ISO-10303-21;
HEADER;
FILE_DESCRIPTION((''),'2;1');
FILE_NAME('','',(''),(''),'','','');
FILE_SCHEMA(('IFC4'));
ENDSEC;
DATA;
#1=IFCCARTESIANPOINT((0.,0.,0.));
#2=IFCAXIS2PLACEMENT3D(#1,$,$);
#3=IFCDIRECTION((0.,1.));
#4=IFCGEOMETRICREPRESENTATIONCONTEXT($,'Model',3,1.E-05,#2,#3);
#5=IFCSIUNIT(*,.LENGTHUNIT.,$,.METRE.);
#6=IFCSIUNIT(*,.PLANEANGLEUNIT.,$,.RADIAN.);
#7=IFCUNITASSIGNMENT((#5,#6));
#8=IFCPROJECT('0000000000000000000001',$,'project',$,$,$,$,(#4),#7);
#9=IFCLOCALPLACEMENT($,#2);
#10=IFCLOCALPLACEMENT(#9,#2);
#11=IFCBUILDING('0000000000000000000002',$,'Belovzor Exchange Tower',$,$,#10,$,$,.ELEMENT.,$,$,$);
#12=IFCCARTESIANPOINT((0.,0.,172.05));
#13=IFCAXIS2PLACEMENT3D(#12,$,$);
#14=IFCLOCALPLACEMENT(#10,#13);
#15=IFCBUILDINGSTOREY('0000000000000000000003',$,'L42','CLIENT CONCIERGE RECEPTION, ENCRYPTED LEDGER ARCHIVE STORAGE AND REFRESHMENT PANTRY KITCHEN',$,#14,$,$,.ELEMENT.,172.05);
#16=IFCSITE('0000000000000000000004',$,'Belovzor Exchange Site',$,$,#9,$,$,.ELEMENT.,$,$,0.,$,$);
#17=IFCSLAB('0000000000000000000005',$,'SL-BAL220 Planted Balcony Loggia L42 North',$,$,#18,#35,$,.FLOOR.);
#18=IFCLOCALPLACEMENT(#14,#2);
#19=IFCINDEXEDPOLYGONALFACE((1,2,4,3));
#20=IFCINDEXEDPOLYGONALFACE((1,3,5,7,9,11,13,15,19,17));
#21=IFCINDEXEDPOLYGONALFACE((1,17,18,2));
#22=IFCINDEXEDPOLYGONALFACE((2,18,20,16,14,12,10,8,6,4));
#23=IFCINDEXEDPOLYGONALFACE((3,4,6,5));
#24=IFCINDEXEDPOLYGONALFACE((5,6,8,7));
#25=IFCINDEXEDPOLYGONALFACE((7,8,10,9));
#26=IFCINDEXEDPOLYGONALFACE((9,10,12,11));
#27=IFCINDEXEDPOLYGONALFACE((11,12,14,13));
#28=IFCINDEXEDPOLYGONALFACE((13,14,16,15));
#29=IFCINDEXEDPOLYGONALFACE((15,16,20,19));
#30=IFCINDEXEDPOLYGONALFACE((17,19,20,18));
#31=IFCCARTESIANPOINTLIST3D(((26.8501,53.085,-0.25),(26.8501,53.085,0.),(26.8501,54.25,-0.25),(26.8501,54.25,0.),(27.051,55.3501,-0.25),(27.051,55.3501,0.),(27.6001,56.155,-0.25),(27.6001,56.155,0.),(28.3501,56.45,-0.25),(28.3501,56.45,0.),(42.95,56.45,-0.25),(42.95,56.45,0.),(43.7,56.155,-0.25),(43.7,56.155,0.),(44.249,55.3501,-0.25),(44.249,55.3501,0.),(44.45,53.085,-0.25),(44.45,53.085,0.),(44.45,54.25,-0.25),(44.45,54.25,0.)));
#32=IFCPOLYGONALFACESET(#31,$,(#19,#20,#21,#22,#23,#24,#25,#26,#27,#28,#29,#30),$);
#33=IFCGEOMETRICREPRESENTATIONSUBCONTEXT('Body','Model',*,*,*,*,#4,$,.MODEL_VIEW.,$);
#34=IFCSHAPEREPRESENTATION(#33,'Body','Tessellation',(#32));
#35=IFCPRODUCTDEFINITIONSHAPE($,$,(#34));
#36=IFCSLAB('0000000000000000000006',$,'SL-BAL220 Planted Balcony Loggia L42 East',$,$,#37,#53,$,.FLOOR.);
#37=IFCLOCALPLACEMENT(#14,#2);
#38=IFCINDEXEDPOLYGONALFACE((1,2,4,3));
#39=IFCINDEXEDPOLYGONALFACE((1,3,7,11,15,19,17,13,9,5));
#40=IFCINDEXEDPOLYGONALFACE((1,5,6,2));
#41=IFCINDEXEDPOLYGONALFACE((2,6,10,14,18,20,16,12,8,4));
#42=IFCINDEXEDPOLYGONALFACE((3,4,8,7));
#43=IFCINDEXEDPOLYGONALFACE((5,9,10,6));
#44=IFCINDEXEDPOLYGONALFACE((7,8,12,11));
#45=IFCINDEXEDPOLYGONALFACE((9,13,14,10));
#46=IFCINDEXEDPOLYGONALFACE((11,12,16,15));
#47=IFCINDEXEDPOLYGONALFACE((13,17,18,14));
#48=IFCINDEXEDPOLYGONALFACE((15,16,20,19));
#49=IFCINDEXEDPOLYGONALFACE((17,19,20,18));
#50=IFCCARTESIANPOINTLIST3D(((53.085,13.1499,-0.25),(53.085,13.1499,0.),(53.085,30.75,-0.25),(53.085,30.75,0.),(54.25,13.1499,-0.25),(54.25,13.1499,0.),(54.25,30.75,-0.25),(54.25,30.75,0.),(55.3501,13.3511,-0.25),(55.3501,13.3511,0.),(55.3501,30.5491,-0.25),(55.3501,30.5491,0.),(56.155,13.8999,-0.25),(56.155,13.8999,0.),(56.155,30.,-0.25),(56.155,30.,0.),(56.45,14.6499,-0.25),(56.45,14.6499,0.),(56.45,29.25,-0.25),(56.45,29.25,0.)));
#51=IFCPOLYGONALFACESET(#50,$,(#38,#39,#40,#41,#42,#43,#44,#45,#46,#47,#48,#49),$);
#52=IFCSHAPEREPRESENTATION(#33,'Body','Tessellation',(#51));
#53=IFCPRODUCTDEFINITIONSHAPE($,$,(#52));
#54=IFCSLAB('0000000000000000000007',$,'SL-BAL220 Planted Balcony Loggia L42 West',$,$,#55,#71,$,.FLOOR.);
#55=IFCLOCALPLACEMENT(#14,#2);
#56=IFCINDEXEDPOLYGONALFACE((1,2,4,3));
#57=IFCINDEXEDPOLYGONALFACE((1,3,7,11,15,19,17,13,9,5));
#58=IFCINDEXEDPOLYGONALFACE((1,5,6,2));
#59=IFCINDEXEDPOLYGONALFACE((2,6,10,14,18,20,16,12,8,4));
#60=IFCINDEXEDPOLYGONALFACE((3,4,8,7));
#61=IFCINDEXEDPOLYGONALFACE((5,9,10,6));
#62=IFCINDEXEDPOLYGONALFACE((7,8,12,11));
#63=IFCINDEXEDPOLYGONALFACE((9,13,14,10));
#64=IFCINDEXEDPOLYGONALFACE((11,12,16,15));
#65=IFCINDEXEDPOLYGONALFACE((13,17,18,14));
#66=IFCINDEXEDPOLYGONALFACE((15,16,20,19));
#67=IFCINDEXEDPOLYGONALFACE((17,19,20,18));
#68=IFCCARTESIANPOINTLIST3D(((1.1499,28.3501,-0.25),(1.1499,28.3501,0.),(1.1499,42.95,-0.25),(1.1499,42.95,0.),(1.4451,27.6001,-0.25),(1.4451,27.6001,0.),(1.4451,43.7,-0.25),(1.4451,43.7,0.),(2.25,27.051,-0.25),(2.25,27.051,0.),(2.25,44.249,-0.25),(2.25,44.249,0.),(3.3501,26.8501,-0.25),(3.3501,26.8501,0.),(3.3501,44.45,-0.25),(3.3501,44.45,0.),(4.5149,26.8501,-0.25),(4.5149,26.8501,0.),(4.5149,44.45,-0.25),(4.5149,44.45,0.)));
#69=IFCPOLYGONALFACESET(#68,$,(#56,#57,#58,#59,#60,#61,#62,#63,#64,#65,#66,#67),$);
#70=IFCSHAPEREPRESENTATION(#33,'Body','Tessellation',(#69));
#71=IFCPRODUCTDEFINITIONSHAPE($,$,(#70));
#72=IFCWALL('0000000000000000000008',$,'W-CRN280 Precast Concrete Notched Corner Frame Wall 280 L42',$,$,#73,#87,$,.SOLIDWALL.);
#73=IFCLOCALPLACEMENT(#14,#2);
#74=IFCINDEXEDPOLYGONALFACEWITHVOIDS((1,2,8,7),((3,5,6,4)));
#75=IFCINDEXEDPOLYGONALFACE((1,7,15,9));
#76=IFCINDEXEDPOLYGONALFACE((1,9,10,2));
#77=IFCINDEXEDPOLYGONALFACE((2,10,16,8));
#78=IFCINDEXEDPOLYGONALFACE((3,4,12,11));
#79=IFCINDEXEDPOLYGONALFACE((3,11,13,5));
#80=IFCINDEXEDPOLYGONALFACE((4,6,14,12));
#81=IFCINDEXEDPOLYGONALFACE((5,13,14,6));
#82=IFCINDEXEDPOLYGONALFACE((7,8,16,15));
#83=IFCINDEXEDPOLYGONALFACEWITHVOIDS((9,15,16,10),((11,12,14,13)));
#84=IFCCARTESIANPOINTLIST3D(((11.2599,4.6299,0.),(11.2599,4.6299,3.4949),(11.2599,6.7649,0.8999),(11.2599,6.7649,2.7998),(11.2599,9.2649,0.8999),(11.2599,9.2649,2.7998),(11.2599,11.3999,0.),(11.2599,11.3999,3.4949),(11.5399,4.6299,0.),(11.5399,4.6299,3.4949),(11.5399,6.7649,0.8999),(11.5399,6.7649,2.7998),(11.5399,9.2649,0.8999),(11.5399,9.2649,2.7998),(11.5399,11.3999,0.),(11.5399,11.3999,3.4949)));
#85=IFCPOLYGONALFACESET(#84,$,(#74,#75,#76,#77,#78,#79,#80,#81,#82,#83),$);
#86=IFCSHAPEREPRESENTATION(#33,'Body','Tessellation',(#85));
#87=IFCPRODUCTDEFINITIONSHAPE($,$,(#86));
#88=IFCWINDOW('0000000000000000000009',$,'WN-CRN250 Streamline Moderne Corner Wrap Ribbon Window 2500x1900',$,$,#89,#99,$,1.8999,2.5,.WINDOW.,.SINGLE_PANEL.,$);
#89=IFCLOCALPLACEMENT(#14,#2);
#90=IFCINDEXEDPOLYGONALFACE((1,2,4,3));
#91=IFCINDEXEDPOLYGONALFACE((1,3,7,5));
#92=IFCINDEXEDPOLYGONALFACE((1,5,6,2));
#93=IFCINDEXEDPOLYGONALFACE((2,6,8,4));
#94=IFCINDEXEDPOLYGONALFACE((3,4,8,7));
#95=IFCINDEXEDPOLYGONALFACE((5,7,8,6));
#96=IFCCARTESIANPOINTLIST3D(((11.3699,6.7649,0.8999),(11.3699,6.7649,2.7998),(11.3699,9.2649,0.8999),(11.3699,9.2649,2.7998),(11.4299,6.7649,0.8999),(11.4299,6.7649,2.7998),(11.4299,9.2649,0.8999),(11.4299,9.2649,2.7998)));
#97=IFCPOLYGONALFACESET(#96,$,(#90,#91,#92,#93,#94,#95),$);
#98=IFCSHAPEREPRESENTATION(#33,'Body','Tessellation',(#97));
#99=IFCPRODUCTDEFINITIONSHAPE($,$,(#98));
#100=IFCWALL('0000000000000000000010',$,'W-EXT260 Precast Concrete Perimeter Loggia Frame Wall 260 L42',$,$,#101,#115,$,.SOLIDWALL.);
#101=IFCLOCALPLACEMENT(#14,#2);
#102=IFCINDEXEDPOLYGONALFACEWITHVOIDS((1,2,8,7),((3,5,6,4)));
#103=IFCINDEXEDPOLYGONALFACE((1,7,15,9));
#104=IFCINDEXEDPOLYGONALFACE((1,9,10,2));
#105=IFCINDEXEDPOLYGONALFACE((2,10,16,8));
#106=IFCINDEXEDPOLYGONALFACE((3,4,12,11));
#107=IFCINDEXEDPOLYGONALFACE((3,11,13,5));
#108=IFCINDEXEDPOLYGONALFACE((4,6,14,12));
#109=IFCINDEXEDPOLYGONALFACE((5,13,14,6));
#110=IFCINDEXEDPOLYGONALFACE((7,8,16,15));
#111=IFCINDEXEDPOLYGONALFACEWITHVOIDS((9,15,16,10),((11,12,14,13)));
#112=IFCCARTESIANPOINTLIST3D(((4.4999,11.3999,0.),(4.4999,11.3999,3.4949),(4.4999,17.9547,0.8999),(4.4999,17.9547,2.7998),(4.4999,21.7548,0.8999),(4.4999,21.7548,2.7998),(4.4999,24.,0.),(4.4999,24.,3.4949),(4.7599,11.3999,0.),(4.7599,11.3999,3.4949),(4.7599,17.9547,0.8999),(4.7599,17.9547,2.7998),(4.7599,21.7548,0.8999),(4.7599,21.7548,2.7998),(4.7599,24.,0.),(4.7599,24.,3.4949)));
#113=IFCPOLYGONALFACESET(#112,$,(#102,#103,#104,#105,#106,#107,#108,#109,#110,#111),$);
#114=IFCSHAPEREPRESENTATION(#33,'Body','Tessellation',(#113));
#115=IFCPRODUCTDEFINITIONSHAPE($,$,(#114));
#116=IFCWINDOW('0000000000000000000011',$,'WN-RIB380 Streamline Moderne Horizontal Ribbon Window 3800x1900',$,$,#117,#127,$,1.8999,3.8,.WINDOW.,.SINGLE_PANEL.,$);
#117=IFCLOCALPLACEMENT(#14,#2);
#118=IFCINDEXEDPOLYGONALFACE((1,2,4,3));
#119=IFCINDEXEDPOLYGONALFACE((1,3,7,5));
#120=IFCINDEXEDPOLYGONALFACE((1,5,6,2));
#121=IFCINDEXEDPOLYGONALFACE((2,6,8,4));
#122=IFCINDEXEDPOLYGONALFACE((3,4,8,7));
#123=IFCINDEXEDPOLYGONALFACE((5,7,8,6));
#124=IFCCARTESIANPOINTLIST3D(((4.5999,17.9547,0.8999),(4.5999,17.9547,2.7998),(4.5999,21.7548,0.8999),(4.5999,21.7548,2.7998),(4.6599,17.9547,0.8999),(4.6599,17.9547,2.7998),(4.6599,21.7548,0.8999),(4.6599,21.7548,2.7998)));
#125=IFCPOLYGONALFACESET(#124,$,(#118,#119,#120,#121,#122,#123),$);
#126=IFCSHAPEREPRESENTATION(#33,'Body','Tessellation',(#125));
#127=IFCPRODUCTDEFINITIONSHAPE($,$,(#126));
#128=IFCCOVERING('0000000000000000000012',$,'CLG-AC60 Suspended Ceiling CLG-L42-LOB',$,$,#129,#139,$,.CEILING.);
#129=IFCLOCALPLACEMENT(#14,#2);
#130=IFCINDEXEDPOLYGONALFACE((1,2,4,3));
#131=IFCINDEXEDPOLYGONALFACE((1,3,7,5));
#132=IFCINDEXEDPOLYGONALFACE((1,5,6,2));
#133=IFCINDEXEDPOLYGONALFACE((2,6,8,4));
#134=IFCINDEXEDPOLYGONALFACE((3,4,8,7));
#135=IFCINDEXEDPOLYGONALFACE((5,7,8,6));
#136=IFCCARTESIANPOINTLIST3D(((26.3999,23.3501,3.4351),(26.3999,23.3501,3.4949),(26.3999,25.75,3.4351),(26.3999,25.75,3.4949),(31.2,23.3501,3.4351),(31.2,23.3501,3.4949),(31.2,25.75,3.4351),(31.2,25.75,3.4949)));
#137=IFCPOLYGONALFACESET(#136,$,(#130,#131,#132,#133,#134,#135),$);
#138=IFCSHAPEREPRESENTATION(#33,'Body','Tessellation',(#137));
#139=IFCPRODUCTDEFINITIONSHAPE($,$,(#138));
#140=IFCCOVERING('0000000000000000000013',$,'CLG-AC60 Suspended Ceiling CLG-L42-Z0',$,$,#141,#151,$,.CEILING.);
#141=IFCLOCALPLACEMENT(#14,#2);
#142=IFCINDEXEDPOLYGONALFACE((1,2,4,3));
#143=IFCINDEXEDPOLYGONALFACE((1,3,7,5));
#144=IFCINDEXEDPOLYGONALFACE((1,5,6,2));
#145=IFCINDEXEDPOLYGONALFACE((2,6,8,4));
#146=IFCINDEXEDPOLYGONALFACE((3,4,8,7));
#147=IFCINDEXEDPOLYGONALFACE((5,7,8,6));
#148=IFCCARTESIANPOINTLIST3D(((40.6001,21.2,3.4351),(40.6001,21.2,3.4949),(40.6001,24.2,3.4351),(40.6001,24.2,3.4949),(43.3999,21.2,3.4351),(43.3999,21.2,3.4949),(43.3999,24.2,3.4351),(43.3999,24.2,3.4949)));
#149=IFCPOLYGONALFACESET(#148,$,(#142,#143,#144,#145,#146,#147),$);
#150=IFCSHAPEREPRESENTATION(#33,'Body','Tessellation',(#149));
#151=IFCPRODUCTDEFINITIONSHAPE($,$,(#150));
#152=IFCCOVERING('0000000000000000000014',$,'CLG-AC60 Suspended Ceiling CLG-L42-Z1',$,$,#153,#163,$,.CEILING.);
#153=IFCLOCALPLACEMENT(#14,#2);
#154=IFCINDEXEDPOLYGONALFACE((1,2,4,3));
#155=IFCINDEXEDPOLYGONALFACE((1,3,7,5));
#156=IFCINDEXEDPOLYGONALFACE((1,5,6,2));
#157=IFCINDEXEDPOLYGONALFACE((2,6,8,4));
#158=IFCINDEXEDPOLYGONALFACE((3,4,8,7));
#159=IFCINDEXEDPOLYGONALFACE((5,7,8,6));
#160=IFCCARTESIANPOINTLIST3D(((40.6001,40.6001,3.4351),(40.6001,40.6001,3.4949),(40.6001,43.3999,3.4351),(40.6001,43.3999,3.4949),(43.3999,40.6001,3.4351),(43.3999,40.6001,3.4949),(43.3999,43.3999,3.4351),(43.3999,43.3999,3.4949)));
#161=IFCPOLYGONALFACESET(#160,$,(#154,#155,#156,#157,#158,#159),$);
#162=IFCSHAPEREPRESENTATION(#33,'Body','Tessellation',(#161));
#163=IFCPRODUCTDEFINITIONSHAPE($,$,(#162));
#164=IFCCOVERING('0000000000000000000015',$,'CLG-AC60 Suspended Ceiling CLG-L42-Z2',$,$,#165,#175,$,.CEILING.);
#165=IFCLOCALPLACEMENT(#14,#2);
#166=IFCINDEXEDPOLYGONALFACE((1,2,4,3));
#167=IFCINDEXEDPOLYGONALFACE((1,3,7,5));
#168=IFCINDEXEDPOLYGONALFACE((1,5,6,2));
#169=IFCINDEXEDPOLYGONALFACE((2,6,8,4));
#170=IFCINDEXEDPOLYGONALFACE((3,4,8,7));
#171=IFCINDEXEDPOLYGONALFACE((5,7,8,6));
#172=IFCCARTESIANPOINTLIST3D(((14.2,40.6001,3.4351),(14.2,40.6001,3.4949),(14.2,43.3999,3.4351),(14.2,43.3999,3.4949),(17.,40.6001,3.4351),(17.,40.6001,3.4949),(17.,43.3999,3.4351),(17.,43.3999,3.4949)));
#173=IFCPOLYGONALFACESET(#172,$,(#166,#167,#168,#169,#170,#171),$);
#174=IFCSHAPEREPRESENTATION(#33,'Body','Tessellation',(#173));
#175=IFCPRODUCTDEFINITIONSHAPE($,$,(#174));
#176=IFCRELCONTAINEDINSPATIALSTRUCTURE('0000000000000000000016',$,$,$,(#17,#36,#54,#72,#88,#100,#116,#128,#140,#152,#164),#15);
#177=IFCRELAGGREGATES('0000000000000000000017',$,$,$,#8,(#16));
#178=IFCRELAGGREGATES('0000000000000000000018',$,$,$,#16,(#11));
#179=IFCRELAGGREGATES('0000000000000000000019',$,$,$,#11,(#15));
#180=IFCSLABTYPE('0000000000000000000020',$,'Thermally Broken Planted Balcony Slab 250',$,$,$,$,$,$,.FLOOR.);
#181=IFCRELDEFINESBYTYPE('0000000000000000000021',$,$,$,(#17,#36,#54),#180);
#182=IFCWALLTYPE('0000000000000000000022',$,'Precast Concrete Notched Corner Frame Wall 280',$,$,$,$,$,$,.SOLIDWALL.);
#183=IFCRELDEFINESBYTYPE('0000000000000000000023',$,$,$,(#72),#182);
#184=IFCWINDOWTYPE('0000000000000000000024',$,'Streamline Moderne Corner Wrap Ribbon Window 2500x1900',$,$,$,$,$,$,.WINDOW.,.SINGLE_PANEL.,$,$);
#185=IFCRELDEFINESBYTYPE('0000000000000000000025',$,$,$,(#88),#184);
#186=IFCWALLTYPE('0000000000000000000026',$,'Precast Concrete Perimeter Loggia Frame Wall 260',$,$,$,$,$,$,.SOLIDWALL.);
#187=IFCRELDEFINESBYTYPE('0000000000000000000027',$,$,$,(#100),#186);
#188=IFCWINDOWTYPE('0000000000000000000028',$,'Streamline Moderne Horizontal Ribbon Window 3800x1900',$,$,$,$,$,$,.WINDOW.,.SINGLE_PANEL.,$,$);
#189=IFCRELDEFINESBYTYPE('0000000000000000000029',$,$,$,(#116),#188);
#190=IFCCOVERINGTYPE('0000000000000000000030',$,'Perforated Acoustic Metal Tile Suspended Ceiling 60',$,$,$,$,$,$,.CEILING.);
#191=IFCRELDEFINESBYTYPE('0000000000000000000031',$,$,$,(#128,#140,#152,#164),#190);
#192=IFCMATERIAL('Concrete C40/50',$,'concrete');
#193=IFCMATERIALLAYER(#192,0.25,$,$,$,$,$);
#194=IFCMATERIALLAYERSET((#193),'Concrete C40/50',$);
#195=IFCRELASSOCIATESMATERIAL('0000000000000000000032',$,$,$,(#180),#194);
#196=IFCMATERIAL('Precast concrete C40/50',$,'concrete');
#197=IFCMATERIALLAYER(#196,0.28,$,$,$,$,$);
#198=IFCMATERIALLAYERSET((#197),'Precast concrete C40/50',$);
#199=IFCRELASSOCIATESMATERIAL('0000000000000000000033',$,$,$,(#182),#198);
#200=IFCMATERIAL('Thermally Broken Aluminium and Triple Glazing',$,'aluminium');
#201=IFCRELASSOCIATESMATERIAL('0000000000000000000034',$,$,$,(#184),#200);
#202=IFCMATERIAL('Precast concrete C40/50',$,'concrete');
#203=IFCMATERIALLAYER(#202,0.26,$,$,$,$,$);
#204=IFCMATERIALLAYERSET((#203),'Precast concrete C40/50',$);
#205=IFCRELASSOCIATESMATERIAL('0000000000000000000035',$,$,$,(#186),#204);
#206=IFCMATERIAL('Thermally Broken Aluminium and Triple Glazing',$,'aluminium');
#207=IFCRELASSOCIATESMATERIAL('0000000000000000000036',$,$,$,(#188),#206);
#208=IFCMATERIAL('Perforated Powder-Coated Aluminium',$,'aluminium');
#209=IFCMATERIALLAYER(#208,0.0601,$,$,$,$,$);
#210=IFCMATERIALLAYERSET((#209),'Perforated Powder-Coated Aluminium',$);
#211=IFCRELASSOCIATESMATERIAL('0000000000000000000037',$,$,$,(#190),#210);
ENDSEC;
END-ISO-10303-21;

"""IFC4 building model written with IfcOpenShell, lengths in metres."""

from ifc_helpers import new_model, si_unit, direction, frame, frame_2d, origin, place, context, subcontext, project, spatial, polyline, rectangle, outline, extrude, material, layer, layer_set, type_object, element, fill, save


model = new_model("IFC4")

# Units and contexts
model_context = context("Model", 3, precision=1e-05, world=origin(), true_north=direction((0.0, 1.0)))
body_context = subcontext(model_context, "Body", "Model", "MODEL_VIEW")
ifc_project = project(units=[si_unit("LENGTHUNIT", "METRE"), si_unit("PLANEANGLEUNIT", "RADIAN")], contexts=[model_context])

# Site, building, storey
site_placement = place(None, origin())
site = spatial("IfcSite", under=ifc_project, at=site_placement, Name="Belovzor Exchange Site", CompositionType="ELEMENT", RefElevation=0.0)
building_placement = place(site_placement, origin())
building = spatial("IfcBuilding", under=site, at=building_placement, Name="Belovzor Exchange Tower", CompositionType="ELEMENT")
storey_placement = place(building_placement, frame((0.0, 0.0, 172.05)))
storey = spatial("IfcBuildingStorey", under=building, at=storey_placement, Name="L42", Description="CLIENT CONCIERGE RECEPTION, ENCRYPTED LEDGER ARCHIVE STORAGE AND REFRESHMENT PANTRY KITCHEN", CompositionType="ELEMENT", Elevation=172.05)

# Slabs
ifc_material_1 = material(Name="Concrete C40/50", Category="concrete")
ifc_layer_1 = layer(ifc_material_1, 0.25)
ifc_layer_set_1 = layer_set([ifc_layer_1], Name="Concrete C40/50")
slab_type_1 = type_object("IfcSlabType", Name="Thermally Broken Planted Balcony Slab 250", PredefinedType="FLOOR", material=ifc_layer_set_1)
slab_1_placement = place(storey_placement, frame((0.0, 0.0, -0.25)))
element("IfcSlab", 1, at=slab_1_placement, inside=storey, type_object=slab_type_1, Name="SL-BAL220 Planted Balcony Loggia L42 North", PredefinedType="FLOOR", context=body_context, shape_type="SweptSolid", body=[
    extrude(outline(polyline([(44.45, 53.085), (44.45, 54.25), (44.249, 55.3501), (43.7, 56.155), (42.95, 56.45), (28.3501, 56.45), (27.6001, 56.155), (27.051, 55.3501), (26.8501, 54.25), (26.8501, 53.085), (44.45, 53.085)])), origin(), (0.0, 0.0, 1.0), 0.25),
])
slab_2_placement = place(storey_placement, frame((0.0, 0.0, -0.25)))
element("IfcSlab", 2, at=slab_2_placement, inside=storey, type_object=slab_type_1, Name="SL-BAL220 Planted Balcony Loggia L42 East", PredefinedType="FLOOR", context=body_context, shape_type="SweptSolid", body=[
    extrude(outline(polyline([(53.085, 13.1499), (54.25, 13.1499), (55.3501, 13.3511), (56.155, 13.8999), (56.45, 14.6499), (56.45, 29.25), (56.155, 30.0), (55.3501, 30.5491), (54.25, 30.75), (53.085, 30.75), (53.085, 13.1499)])), origin(), (0.0, 0.0, 1.0), 0.25),
])
slab_3_placement = place(storey_placement, frame((0.0, 0.0, -0.25)))
element("IfcSlab", 3, at=slab_3_placement, inside=storey, type_object=slab_type_1, Name="SL-BAL220 Planted Balcony Loggia L42 West", PredefinedType="FLOOR", context=body_context, shape_type="SweptSolid", body=[
    extrude(outline(polyline([(4.5149, 44.45), (3.3501, 44.45), (2.25, 44.249), (1.4451, 43.7), (1.1499, 42.95), (1.1499, 28.3501), (1.4451, 27.6001), (2.25, 27.051), (3.3501, 26.8501), (4.5149, 26.8501), (4.5149, 44.45)])), origin(), (0.0, 0.0, 1.0), 0.25),
])

# Walls, openings, windows
ifc_material_2 = material(Name="Precast concrete C40/50", Category="concrete")
ifc_layer_2 = layer(ifc_material_2, 0.28)
ifc_layer_set_2 = layer_set([ifc_layer_2], Name="Precast concrete C40/50")
wall_type_1 = type_object("IfcWallType", Name="Precast Concrete Notched Corner Frame Wall 280", PredefinedType="SOLIDWALL", material=ifc_layer_set_2)
wall_1_placement = place(storey_placement, frame((11.3999, 4.6299, 0.0), z_axis=(0.0, 0.0, 1.0), x_axis=(0.0, 1.0, 0.0)))
wall_1 = element("IfcWall", 4, at=wall_1_placement, inside=storey, type_object=wall_type_1, Name="W-CRN280 Precast Concrete Notched Corner Frame Wall 280 L42", PredefinedType="SOLIDWALL", context=body_context, shape_type="SweptSolid", body=[
    extrude(rectangle(XDim=6.77, YDim=0.28, at=frame_2d((3.385, 0.0))), origin(), (0.0, 0.0, 1.0), 3.4949),
])
opening_1_placement = place(wall_1_placement, frame((2.135, 0.0, 0.8999)))
opening_1 = element("IfcOpeningElement", 5, at=opening_1_placement, cuts=wall_1, PredefinedType="OPENING", context=body_context, shape_type="SweptSolid", body=[
    extrude(rectangle(XDim=2.5, YDim=1.8999, at=frame_2d((1.25, 0.95))), frame((0.0, 0.1499, 0.0), z_axis=(0.0, -1.0, 0.0), x_axis=(1.0, 0.0, 0.0)), (0.0, 0.0, 1.0), 0.3),
])
ifc_material_3 = material(Name="Thermally Broken Aluminium and Triple Glazing", Category="aluminium")
window_type_1 = type_object("IfcWindowType", Name="Streamline Moderne Corner Wrap Ribbon Window 2500x1900", PartitioningType="SINGLE_PANEL", PredefinedType="WINDOW", material=ifc_material_3)
window_1_placement = place(opening_1_placement, origin())
window_1 = element("IfcWindow", 6, at=window_1_placement, inside=storey, type_object=window_type_1, Name="WN-CRN250 Streamline Moderne Corner Wrap Ribbon Window 2500x1900", OverallHeight=1.8999, OverallWidth=2.5, PartitioningType="SINGLE_PANEL", PredefinedType="WINDOW", context=body_context, shape_type="SweptSolid", body=[
    extrude(rectangle(XDim=2.5, YDim=1.8999, at=frame_2d((1.25, 0.95))), frame((0.0, 0.03, 0.0), z_axis=(0.0, -1.0, 0.0), x_axis=(1.0, 0.0, 0.0)), (0.0, 0.0, 1.0), 0.0601),
])
fill(opening_1, window_1)
ifc_material_4 = material(Name="Precast concrete C40/50", Category="concrete")
ifc_layer_3 = layer(ifc_material_4, 0.26)
ifc_layer_set_3 = layer_set([ifc_layer_3], Name="Precast concrete C40/50")
wall_type_2 = type_object("IfcWallType", Name="Precast Concrete Perimeter Loggia Frame Wall 260", PredefinedType="SOLIDWALL", material=ifc_layer_set_3)
wall_2_placement = place(storey_placement, frame((4.6299, 11.3999, 0.0), z_axis=(0.0, 0.0, 1.0), x_axis=(0.0, 1.0, 0.0)))
wall_2 = element("IfcWall", 7, at=wall_2_placement, inside=storey, type_object=wall_type_2, Name="W-EXT260 Precast Concrete Perimeter Loggia Frame Wall 260 L42", PredefinedType="SOLIDWALL", context=body_context, shape_type="SweptSolid", body=[
    extrude(rectangle(XDim=12.6001, YDim=0.26, at=frame_2d((6.3, 0.0))), origin(), (0.0, 0.0, 1.0), 3.4949),
])
opening_2_placement = place(wall_2_placement, frame((6.5549, 0.0, 0.8999)))
opening_2 = element("IfcOpeningElement", 8, at=opening_2_placement, cuts=wall_2, PredefinedType="OPENING", context=body_context, shape_type="SweptSolid", body=[
    extrude(rectangle(XDim=3.8, YDim=1.8999, at=frame_2d((1.8999, 0.95))), frame((0.0, 0.1399, 0.0), z_axis=(0.0, -1.0, 0.0), x_axis=(1.0, 0.0, 0.0)), (0.0, 0.0, 1.0), 0.28),
])
ifc_material_5 = material(Name="Thermally Broken Aluminium and Triple Glazing", Category="aluminium")
window_type_2 = type_object("IfcWindowType", Name="Streamline Moderne Horizontal Ribbon Window 3800x1900", PartitioningType="SINGLE_PANEL", PredefinedType="WINDOW", material=ifc_material_5)
window_2_placement = place(opening_2_placement, origin())
window_2 = element("IfcWindow", 9, at=window_2_placement, inside=storey, type_object=window_type_2, Name="WN-RIB380 Streamline Moderne Horizontal Ribbon Window 3800x1900", OverallHeight=1.8999, OverallWidth=3.8, PartitioningType="SINGLE_PANEL", PredefinedType="WINDOW", context=body_context, shape_type="SweptSolid", body=[
    extrude(rectangle(XDim=3.8, YDim=1.8999, at=frame_2d((1.8999, 0.95))), frame((0.0, 0.03, 0.0), z_axis=(0.0, -1.0, 0.0), x_axis=(1.0, 0.0, 0.0)), (0.0, 0.0, 1.0), 0.0601),
])
fill(opening_2, window_2)

# Coverings
ifc_material_6 = material(Name="Perforated Powder-Coated Aluminium", Category="aluminium")
ifc_layer_4 = layer(ifc_material_6, 0.0601)
ifc_layer_set_4 = layer_set([ifc_layer_4], Name="Perforated Powder-Coated Aluminium")
covering_type_1 = type_object("IfcCoveringType", Name="Perforated Acoustic Metal Tile Suspended Ceiling 60", PredefinedType="CEILING", material=ifc_layer_set_4)
covering_1_placement = place(storey_placement, frame((0.0, 0.0, 3.4351)))
element("IfcCovering", 10, at=covering_1_placement, inside=storey, type_object=covering_type_1, Name="CLG-AC60 Suspended Ceiling CLG-L42-LOB", PredefinedType="CEILING", context=body_context, shape_type="SweptSolid", body=[
    extrude(outline(polyline([(26.3999, 23.3501), (31.2, 23.3501), (31.2, 25.75), (26.3999, 25.75), (26.3999, 23.3501)])), origin(), (0.0, 0.0, 1.0), 0.0598),
])
covering_2_placement = place(storey_placement, frame((0.0, 0.0, 3.4351)))
element("IfcCovering", 11, at=covering_2_placement, inside=storey, type_object=covering_type_1, Name="CLG-AC60 Suspended Ceiling CLG-L42-Z0", PredefinedType="CEILING", context=body_context, shape_type="SweptSolid", body=[
    extrude(outline(polyline([(40.6001, 21.2), (43.3999, 21.2), (43.3999, 24.2), (40.6001, 24.2), (40.6001, 21.2)])), origin(), (0.0, 0.0, 1.0), 0.0598),
])
covering_3_placement = place(storey_placement, frame((0.0, 0.0, 3.4351)))
element("IfcCovering", 12, at=covering_3_placement, inside=storey, type_object=covering_type_1, Name="CLG-AC60 Suspended Ceiling CLG-L42-Z1", PredefinedType="CEILING", context=body_context, shape_type="SweptSolid", body=[
    extrude(outline(polyline([(40.6001, 40.6001), (43.3999, 40.6001), (43.3999, 43.3999), (40.6001, 43.3999), (40.6001, 40.6001)])), origin(), (0.0, 0.0, 1.0), 0.0598),
])
covering_4_placement = place(storey_placement, frame((0.0, 0.0, 3.4351)))
element("IfcCovering", 13, at=covering_4_placement, inside=storey, type_object=covering_type_1, Name="CLG-AC60 Suspended Ceiling CLG-L42-Z2", PredefinedType="CEILING", context=body_context, shape_type="SweptSolid", body=[
    extrude(outline(polyline([(14.2, 40.6001), (17.0, 40.6001), (17.0, 43.3999), (14.2, 43.3999), (14.2, 40.6001)])), origin(), (0.0, 0.0, 1.0), 0.0598),
])

save(model, "model.ifc")
